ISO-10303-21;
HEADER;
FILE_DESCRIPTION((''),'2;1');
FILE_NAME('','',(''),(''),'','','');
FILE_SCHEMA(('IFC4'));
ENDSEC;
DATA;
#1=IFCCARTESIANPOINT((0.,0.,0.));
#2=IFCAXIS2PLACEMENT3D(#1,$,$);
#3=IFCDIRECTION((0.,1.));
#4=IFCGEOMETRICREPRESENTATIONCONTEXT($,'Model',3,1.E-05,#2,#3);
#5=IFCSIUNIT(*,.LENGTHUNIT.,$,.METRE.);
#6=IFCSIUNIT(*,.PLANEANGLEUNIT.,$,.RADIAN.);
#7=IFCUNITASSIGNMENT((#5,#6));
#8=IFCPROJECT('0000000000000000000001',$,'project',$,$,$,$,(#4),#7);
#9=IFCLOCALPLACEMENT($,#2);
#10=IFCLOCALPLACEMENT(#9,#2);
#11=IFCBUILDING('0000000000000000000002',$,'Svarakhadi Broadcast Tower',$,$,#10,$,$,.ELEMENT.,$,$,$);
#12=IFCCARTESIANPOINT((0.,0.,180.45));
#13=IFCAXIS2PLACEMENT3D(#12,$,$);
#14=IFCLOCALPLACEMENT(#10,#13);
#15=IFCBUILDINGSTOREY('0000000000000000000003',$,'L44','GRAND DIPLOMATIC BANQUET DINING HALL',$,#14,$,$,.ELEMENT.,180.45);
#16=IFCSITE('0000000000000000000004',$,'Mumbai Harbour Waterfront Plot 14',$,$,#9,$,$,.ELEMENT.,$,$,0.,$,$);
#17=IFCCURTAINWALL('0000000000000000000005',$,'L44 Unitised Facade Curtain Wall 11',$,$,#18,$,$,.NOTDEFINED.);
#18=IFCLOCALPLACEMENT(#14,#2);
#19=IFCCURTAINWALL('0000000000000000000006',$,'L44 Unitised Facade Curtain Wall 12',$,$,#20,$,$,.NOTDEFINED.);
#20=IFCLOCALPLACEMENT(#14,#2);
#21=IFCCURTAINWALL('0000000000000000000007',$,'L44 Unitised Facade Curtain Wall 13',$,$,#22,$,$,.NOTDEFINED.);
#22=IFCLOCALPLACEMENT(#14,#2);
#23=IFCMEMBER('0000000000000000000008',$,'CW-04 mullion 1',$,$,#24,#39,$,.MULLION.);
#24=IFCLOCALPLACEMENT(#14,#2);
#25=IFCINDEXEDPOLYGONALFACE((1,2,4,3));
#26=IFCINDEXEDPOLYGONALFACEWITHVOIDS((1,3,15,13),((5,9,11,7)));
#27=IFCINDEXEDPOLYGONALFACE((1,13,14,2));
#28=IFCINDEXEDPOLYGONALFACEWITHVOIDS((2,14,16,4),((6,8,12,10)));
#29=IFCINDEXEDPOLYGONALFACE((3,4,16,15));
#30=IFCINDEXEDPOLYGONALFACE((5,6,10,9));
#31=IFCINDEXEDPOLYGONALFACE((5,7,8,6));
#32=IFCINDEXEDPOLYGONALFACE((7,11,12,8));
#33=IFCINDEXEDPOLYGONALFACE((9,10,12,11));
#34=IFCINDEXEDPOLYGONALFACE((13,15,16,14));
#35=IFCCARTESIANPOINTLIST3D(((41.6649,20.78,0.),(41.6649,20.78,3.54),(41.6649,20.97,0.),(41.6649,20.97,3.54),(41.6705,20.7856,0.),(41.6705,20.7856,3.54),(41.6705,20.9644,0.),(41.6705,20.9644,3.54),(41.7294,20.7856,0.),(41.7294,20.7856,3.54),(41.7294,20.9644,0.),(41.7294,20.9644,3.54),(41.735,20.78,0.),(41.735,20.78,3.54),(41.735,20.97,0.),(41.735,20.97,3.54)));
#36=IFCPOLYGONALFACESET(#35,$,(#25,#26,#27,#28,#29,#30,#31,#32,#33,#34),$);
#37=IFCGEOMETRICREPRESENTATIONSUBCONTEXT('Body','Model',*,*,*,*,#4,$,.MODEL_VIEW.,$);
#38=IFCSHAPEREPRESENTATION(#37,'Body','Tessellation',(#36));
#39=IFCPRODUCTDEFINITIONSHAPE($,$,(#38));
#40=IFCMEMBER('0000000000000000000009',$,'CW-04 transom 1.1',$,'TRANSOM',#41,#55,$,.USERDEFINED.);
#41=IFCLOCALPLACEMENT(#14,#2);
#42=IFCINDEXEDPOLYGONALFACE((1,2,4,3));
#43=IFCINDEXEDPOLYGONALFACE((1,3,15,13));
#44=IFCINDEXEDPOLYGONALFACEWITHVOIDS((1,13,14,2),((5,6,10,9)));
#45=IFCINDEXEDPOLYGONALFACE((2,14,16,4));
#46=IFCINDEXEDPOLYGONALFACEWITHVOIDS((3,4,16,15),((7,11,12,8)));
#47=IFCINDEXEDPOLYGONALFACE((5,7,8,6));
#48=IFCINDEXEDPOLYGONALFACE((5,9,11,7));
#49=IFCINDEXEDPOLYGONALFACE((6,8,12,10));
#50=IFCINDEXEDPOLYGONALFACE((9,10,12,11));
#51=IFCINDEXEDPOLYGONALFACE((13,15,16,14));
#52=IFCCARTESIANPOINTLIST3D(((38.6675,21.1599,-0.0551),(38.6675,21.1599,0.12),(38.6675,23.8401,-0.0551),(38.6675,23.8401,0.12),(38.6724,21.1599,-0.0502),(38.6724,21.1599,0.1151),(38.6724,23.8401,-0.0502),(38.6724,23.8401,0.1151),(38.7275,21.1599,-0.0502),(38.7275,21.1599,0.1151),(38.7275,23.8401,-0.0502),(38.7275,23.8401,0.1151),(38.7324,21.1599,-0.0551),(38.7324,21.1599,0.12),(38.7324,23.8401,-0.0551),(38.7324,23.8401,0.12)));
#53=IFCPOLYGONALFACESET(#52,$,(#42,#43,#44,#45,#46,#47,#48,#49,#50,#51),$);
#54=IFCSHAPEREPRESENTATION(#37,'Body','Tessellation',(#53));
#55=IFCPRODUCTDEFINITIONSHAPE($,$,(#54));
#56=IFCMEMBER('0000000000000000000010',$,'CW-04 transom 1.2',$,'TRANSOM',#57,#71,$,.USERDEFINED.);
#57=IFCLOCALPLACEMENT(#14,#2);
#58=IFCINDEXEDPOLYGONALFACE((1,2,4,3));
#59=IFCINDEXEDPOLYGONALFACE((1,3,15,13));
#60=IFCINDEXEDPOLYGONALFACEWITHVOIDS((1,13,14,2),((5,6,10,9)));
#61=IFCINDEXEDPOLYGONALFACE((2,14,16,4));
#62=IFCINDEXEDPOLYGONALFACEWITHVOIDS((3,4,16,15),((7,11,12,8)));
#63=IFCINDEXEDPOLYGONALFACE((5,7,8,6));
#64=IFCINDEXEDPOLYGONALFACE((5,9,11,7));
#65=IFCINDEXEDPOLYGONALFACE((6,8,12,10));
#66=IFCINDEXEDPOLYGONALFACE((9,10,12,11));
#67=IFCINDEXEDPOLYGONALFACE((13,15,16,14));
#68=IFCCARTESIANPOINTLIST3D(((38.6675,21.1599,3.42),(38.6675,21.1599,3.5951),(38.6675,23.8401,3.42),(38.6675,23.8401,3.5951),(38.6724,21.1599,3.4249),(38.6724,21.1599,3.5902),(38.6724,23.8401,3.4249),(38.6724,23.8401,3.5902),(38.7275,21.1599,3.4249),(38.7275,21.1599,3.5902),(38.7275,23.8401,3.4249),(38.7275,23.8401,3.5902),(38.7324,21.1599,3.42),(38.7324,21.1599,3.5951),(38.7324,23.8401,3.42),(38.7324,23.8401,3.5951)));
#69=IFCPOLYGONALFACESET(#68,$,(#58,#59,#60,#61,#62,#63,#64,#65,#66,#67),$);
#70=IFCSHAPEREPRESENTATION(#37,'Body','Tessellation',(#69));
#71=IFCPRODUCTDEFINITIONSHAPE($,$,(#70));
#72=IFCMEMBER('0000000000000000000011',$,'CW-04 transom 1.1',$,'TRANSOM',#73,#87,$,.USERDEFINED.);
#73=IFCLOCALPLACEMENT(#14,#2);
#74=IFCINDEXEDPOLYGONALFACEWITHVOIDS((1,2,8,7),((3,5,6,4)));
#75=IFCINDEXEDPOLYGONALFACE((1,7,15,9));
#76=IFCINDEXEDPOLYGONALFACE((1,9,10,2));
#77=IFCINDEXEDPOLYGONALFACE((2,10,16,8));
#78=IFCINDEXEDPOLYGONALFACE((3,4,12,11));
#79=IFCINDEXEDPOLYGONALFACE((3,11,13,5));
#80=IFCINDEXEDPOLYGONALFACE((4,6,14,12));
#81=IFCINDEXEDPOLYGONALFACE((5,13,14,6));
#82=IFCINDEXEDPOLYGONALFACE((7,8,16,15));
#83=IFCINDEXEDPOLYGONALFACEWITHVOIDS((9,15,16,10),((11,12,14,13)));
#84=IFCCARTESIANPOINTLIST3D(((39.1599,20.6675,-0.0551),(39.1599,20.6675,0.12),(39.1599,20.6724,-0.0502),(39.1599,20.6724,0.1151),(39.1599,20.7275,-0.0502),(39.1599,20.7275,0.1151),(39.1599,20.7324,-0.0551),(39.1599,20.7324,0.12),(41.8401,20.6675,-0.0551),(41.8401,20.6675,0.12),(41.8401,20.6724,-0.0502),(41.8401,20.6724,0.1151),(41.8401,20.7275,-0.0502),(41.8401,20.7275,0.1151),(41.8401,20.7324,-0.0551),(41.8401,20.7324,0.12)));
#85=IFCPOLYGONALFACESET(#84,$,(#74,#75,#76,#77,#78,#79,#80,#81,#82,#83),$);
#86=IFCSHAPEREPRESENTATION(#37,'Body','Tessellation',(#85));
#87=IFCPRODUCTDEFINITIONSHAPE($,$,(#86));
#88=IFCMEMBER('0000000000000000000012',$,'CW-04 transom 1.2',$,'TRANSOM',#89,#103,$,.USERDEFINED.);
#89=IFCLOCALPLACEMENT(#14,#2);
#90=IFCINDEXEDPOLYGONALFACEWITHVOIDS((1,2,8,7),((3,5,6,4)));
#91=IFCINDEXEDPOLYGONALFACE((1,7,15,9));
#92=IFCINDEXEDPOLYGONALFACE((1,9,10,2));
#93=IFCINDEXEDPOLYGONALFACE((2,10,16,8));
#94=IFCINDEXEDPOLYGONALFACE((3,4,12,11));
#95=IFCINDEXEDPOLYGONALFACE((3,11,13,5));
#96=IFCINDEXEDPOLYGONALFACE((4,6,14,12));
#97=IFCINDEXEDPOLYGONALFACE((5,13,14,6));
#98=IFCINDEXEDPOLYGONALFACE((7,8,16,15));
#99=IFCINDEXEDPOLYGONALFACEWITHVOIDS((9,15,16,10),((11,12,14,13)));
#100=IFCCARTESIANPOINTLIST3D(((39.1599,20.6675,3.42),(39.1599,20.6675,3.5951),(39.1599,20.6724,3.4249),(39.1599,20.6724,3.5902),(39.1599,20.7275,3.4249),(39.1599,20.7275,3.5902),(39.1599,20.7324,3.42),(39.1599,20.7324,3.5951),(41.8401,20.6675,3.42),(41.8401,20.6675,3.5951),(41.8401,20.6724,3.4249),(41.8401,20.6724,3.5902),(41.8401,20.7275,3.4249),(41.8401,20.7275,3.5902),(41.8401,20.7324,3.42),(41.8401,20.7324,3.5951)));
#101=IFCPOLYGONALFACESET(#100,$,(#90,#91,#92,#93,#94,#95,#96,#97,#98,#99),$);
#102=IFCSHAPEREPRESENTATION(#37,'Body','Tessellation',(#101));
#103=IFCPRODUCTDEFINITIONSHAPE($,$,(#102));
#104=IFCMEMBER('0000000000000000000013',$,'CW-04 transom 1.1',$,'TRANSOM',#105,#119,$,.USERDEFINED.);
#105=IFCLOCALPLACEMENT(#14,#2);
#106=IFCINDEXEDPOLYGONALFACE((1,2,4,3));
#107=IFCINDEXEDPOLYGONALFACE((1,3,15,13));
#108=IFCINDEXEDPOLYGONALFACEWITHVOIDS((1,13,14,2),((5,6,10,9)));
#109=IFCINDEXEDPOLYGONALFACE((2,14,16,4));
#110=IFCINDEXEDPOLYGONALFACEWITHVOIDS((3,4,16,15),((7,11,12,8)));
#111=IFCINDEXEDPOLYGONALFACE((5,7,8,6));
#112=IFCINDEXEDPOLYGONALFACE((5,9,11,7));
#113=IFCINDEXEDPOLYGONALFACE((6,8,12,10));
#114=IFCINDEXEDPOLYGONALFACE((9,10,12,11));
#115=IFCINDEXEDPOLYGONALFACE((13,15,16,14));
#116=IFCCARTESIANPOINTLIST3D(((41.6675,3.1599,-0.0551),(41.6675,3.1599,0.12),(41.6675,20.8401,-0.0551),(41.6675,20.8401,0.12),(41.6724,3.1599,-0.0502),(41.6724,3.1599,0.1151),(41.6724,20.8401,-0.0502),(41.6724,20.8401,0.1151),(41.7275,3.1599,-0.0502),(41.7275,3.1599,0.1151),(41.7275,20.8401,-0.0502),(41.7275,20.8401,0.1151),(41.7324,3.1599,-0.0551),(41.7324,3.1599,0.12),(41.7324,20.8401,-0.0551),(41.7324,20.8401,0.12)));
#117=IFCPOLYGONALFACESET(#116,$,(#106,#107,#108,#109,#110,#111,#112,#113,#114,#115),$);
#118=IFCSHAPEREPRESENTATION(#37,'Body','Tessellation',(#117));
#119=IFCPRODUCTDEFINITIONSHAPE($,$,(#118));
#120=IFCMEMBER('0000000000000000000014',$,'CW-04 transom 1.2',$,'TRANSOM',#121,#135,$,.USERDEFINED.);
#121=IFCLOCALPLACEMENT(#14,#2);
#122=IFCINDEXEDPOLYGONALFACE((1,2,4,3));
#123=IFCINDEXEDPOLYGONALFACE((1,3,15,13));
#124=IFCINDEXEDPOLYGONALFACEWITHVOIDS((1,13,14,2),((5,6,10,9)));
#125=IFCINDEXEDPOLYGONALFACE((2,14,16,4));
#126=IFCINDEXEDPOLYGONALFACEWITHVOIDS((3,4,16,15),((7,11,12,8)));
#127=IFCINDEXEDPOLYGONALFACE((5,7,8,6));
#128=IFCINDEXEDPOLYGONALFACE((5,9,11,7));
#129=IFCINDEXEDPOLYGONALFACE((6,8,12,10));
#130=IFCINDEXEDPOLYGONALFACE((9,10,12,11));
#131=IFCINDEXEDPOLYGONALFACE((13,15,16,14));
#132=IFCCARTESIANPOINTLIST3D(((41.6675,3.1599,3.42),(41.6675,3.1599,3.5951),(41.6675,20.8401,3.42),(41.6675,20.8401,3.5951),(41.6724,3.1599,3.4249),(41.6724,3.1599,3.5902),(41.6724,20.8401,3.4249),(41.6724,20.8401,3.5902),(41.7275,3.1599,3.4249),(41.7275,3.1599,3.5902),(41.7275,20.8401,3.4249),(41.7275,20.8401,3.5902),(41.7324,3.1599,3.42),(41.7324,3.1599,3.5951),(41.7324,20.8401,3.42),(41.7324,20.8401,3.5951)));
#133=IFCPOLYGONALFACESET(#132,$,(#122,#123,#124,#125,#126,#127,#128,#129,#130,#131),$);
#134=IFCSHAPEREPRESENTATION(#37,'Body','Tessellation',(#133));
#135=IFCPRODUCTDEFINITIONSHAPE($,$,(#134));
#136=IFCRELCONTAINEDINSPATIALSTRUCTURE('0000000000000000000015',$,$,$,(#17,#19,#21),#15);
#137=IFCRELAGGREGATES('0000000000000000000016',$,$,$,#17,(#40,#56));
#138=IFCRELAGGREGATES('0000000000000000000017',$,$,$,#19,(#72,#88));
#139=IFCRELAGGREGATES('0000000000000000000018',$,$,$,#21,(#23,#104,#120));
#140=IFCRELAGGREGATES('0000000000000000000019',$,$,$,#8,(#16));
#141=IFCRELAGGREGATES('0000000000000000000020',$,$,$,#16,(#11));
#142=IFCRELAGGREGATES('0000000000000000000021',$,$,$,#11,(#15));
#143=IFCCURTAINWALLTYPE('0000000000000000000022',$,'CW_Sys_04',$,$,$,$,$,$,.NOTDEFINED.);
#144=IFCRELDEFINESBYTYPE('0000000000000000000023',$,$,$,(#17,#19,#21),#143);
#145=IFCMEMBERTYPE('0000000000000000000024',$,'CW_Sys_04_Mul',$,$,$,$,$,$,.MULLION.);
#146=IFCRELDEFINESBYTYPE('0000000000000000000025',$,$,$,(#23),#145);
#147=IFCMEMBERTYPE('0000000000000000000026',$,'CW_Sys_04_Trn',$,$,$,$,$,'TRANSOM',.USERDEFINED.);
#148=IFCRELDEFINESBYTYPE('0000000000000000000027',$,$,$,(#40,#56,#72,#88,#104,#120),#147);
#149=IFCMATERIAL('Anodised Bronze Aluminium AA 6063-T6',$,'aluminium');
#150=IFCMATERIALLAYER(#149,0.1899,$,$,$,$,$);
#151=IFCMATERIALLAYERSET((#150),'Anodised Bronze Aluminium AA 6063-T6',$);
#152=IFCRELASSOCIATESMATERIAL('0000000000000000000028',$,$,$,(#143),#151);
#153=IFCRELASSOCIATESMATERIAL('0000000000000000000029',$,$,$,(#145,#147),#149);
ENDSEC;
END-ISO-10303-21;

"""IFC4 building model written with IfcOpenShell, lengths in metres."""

from ifc_helpers import new_model, si_unit, direction, frame, origin, origin_2d, place, context, subcontext, project, spatial, hollow_rectangle, extrude, material, layer, layer_set, material_profile, profile_set, type_object, element, aggregate, save


model = new_model("IFC4")

# Units and contexts
model_context = context("Model", 3, precision=1e-05, world=origin(), true_north=direction((0.0, 1.0)))
body_context = subcontext(model_context, "Body", "Model", "MODEL_VIEW")
ifc_project = project(units=[si_unit("LENGTHUNIT", "METRE"), si_unit("PLANEANGLEUNIT", "RADIAN")], contexts=[model_context])

# Site, building, storey
site_placement = place(None, origin())
site = spatial("IfcSite", under=ifc_project, at=site_placement, Name="Mumbai Harbour Waterfront Plot 14", CompositionType="ELEMENT", RefElevation=0.0)
building_placement = place(site_placement, origin())
building = spatial("IfcBuilding", under=site, at=building_placement, Name="Svarakhadi Broadcast Tower", CompositionType="ELEMENT")
storey_placement = place(building_placement, frame((0.0, 0.0, 180.45)))
storey = spatial("IfcBuildingStorey", under=building, at=storey_placement, Name="L44", Description="GRAND DIPLOMATIC BANQUET DINING HALL", CompositionType="ELEMENT", Elevation=180.45)

# Shared definitions
ifc_material_1 = material(Name="Anodised Bronze Aluminium AA 6063-T6", Category="aluminium")
ifc_layer_1 = layer(ifc_material_1, 0.1899)
ifc_layer_set_1 = layer_set([ifc_layer_1], Name="Anodised Bronze Aluminium AA 6063-T6")
curtain_wall_type = type_object("IfcCurtainWallType", Name="CW_Sys_04", PredefinedType="NOTDEFINED", material=ifc_layer_set_1)
ifc_material_profile_1 = material_profile(ifc_material_1, hollow_rectangle(XDim=0.0701, YDim=0.1899, WallThickness=0.0056, at=origin_2d()), Name="ALU MULLION 190x70x6")
ifc_profile_set_1 = profile_set([ifc_material_profile_1], Name="Anodised Bronze Aluminium AA 6063-T6")
member_type_1 = type_object("IfcMemberType", Name="CW_Sys_04_Mul", PredefinedType="MULLION", material=ifc_profile_set_1)

# Curtain walls
curtain_wall_1_placement = place(storey_placement, origin())
curtain_wall_1 = element("IfcCurtainWall", 1, at=curtain_wall_1_placement, inside=storey, type_object=curtain_wall_type, Name="L44 Unitised Facade Curtain Wall 11", PredefinedType="NOTDEFINED")
curtain_wall_2_placement = place(storey_placement, origin())
curtain_wall_2 = element("IfcCurtainWall", 2, at=curtain_wall_2_placement, inside=storey, type_object=curtain_wall_type, Name="L44 Unitised Facade Curtain Wall 12", PredefinedType="NOTDEFINED")

# Curtain wall, member
curtain_wall_3_placement = place(storey_placement, origin())
curtain_wall_3 = element("IfcCurtainWall", 3, at=curtain_wall_3_placement, inside=storey, type_object=curtain_wall_type, Name="L44 Unitised Facade Curtain Wall 13", PredefinedType="NOTDEFINED")
member_1_placement = place(storey_placement, frame((41.7, 20.875, 0.0), z_axis=(0.0, 0.0, 1.0), x_axis=(1.0, 0.0, 0.0)))
member_1 = element("IfcMember", 4, at=member_1_placement, type_object=member_type_1, Name="CW-04 mullion 1", PredefinedType="MULLION", context=body_context, shape_type="SweptSolid", body=[
    extrude(hollow_rectangle(XDim=0.0701, YDim=0.1899, WallThickness=0.0056, at=origin_2d()), origin(), (0.0, 0.0, 1.0), 3.54),
])

# Members
ifc_material_profile_2 = material_profile(ifc_material_1, hollow_rectangle(XDim=0.0649, YDim=0.175, WallThickness=0.0049, at=origin_2d()), Name="ALU TRANSOM 175x65x5")
ifc_profile_set_2 = profile_set([ifc_material_profile_2], Name="Anodised Bronze Aluminium AA 6063-T6")
member_type_2 = type_object("IfcMemberType", Name="CW_Sys_04_Trn", ElementType="TRANSOM", PredefinedType="USERDEFINED", material=ifc_profile_set_2)
member_2_placement = place(storey_placement, frame((38.7, 23.8401, 0.0325), z_axis=(0.0, -1.0, 0.0), x_axis=(1.0, 0.0, 0.0)))
member_2 = element("IfcMember", 5, at=member_2_placement, type_object=member_type_2, Name="CW-04 transom 1.1", ObjectType="TRANSOM", PredefinedType="USERDEFINED", context=body_context, shape_type="SweptSolid", body=[
    extrude(hollow_rectangle(XDim=0.0649, YDim=0.175, WallThickness=0.0049, at=origin_2d()), origin(), (0.0, 0.0, 1.0), 2.6802),
])
member_3_placement = place(storey_placement, frame((38.7, 23.8401, 3.5076), z_axis=(0.0, -1.0, 0.0), x_axis=(1.0, 0.0, 0.0)))
member_3 = element("IfcMember", 6, at=member_3_placement, type_object=member_type_2, Name="CW-04 transom 1.2", ObjectType="TRANSOM", PredefinedType="USERDEFINED", context=body_context, shape_type="SweptSolid", body=[
    extrude(hollow_rectangle(XDim=0.0649, YDim=0.175, WallThickness=0.0049, at=origin_2d()), origin(), (0.0, 0.0, 1.0), 2.6802),
])
member_4_placement = place(storey_placement, frame((39.1599, 20.7, 0.0325), z_axis=(1.0, 0.0, 0.0), x_axis=(0.0, 1.0, 0.0)))
member_4 = element("IfcMember", 7, at=member_4_placement, type_object=member_type_2, Name="CW-04 transom 1.1", ObjectType="TRANSOM", PredefinedType="USERDEFINED", context=body_context, shape_type="SweptSolid", body=[
    extrude(hollow_rectangle(XDim=0.0649, YDim=0.175, WallThickness=0.0049, at=origin_2d()), origin(), (0.0, 0.0, 1.0), 2.6802),
])
member_5_placement = place(storey_placement, frame((39.1599, 20.7, 3.5076), z_axis=(1.0, 0.0, 0.0), x_axis=(0.0, 1.0, 0.0)))
member_5 = element("IfcMember", 8, at=member_5_placement, type_object=member_type_2, Name="CW-04 transom 1.2", ObjectType="TRANSOM", PredefinedType="USERDEFINED", context=body_context, shape_type="SweptSolid", body=[
    extrude(hollow_rectangle(XDim=0.0649, YDim=0.175, WallThickness=0.0049, at=origin_2d()), origin(), (0.0, 0.0, 1.0), 2.6802),
])
member_6_placement = place(storey_placement, frame((41.7, 20.8401, 0.0325), z_axis=(0.0, -1.0, 0.0), x_axis=(1.0, 0.0, 0.0)))
member_6 = element("IfcMember", 9, at=member_6_placement, type_object=member_type_2, Name="CW-04 transom 1.1", ObjectType="TRANSOM", PredefinedType="USERDEFINED", context=body_context, shape_type="SweptSolid", body=[
    extrude(hollow_rectangle(XDim=0.0649, YDim=0.175, WallThickness=0.0049, at=origin_2d()), origin(), (0.0, 0.0, 1.0), 17.6802),
])
member_7_placement = place(storey_placement, frame((41.7, 20.8401, 3.5076), z_axis=(0.0, -1.0, 0.0), x_axis=(1.0, 0.0, 0.0)))
member_7 = element("IfcMember", 10, at=member_7_placement, type_object=member_type_2, Name="CW-04 transom 1.2", ObjectType="TRANSOM", PredefinedType="USERDEFINED", context=body_context, shape_type="SweptSolid", body=[
    extrude(hollow_rectangle(XDim=0.0649, YDim=0.175, WallThickness=0.0049, at=origin_2d()), origin(), (0.0, 0.0, 1.0), 17.6802),
])

aggregate(curtain_wall_1, [member_2, member_3])
aggregate(curtain_wall_2, [member_4, member_5])
aggregate(curtain_wall_3, [member_1, member_6, member_7])

save(model, "model.ifc")
